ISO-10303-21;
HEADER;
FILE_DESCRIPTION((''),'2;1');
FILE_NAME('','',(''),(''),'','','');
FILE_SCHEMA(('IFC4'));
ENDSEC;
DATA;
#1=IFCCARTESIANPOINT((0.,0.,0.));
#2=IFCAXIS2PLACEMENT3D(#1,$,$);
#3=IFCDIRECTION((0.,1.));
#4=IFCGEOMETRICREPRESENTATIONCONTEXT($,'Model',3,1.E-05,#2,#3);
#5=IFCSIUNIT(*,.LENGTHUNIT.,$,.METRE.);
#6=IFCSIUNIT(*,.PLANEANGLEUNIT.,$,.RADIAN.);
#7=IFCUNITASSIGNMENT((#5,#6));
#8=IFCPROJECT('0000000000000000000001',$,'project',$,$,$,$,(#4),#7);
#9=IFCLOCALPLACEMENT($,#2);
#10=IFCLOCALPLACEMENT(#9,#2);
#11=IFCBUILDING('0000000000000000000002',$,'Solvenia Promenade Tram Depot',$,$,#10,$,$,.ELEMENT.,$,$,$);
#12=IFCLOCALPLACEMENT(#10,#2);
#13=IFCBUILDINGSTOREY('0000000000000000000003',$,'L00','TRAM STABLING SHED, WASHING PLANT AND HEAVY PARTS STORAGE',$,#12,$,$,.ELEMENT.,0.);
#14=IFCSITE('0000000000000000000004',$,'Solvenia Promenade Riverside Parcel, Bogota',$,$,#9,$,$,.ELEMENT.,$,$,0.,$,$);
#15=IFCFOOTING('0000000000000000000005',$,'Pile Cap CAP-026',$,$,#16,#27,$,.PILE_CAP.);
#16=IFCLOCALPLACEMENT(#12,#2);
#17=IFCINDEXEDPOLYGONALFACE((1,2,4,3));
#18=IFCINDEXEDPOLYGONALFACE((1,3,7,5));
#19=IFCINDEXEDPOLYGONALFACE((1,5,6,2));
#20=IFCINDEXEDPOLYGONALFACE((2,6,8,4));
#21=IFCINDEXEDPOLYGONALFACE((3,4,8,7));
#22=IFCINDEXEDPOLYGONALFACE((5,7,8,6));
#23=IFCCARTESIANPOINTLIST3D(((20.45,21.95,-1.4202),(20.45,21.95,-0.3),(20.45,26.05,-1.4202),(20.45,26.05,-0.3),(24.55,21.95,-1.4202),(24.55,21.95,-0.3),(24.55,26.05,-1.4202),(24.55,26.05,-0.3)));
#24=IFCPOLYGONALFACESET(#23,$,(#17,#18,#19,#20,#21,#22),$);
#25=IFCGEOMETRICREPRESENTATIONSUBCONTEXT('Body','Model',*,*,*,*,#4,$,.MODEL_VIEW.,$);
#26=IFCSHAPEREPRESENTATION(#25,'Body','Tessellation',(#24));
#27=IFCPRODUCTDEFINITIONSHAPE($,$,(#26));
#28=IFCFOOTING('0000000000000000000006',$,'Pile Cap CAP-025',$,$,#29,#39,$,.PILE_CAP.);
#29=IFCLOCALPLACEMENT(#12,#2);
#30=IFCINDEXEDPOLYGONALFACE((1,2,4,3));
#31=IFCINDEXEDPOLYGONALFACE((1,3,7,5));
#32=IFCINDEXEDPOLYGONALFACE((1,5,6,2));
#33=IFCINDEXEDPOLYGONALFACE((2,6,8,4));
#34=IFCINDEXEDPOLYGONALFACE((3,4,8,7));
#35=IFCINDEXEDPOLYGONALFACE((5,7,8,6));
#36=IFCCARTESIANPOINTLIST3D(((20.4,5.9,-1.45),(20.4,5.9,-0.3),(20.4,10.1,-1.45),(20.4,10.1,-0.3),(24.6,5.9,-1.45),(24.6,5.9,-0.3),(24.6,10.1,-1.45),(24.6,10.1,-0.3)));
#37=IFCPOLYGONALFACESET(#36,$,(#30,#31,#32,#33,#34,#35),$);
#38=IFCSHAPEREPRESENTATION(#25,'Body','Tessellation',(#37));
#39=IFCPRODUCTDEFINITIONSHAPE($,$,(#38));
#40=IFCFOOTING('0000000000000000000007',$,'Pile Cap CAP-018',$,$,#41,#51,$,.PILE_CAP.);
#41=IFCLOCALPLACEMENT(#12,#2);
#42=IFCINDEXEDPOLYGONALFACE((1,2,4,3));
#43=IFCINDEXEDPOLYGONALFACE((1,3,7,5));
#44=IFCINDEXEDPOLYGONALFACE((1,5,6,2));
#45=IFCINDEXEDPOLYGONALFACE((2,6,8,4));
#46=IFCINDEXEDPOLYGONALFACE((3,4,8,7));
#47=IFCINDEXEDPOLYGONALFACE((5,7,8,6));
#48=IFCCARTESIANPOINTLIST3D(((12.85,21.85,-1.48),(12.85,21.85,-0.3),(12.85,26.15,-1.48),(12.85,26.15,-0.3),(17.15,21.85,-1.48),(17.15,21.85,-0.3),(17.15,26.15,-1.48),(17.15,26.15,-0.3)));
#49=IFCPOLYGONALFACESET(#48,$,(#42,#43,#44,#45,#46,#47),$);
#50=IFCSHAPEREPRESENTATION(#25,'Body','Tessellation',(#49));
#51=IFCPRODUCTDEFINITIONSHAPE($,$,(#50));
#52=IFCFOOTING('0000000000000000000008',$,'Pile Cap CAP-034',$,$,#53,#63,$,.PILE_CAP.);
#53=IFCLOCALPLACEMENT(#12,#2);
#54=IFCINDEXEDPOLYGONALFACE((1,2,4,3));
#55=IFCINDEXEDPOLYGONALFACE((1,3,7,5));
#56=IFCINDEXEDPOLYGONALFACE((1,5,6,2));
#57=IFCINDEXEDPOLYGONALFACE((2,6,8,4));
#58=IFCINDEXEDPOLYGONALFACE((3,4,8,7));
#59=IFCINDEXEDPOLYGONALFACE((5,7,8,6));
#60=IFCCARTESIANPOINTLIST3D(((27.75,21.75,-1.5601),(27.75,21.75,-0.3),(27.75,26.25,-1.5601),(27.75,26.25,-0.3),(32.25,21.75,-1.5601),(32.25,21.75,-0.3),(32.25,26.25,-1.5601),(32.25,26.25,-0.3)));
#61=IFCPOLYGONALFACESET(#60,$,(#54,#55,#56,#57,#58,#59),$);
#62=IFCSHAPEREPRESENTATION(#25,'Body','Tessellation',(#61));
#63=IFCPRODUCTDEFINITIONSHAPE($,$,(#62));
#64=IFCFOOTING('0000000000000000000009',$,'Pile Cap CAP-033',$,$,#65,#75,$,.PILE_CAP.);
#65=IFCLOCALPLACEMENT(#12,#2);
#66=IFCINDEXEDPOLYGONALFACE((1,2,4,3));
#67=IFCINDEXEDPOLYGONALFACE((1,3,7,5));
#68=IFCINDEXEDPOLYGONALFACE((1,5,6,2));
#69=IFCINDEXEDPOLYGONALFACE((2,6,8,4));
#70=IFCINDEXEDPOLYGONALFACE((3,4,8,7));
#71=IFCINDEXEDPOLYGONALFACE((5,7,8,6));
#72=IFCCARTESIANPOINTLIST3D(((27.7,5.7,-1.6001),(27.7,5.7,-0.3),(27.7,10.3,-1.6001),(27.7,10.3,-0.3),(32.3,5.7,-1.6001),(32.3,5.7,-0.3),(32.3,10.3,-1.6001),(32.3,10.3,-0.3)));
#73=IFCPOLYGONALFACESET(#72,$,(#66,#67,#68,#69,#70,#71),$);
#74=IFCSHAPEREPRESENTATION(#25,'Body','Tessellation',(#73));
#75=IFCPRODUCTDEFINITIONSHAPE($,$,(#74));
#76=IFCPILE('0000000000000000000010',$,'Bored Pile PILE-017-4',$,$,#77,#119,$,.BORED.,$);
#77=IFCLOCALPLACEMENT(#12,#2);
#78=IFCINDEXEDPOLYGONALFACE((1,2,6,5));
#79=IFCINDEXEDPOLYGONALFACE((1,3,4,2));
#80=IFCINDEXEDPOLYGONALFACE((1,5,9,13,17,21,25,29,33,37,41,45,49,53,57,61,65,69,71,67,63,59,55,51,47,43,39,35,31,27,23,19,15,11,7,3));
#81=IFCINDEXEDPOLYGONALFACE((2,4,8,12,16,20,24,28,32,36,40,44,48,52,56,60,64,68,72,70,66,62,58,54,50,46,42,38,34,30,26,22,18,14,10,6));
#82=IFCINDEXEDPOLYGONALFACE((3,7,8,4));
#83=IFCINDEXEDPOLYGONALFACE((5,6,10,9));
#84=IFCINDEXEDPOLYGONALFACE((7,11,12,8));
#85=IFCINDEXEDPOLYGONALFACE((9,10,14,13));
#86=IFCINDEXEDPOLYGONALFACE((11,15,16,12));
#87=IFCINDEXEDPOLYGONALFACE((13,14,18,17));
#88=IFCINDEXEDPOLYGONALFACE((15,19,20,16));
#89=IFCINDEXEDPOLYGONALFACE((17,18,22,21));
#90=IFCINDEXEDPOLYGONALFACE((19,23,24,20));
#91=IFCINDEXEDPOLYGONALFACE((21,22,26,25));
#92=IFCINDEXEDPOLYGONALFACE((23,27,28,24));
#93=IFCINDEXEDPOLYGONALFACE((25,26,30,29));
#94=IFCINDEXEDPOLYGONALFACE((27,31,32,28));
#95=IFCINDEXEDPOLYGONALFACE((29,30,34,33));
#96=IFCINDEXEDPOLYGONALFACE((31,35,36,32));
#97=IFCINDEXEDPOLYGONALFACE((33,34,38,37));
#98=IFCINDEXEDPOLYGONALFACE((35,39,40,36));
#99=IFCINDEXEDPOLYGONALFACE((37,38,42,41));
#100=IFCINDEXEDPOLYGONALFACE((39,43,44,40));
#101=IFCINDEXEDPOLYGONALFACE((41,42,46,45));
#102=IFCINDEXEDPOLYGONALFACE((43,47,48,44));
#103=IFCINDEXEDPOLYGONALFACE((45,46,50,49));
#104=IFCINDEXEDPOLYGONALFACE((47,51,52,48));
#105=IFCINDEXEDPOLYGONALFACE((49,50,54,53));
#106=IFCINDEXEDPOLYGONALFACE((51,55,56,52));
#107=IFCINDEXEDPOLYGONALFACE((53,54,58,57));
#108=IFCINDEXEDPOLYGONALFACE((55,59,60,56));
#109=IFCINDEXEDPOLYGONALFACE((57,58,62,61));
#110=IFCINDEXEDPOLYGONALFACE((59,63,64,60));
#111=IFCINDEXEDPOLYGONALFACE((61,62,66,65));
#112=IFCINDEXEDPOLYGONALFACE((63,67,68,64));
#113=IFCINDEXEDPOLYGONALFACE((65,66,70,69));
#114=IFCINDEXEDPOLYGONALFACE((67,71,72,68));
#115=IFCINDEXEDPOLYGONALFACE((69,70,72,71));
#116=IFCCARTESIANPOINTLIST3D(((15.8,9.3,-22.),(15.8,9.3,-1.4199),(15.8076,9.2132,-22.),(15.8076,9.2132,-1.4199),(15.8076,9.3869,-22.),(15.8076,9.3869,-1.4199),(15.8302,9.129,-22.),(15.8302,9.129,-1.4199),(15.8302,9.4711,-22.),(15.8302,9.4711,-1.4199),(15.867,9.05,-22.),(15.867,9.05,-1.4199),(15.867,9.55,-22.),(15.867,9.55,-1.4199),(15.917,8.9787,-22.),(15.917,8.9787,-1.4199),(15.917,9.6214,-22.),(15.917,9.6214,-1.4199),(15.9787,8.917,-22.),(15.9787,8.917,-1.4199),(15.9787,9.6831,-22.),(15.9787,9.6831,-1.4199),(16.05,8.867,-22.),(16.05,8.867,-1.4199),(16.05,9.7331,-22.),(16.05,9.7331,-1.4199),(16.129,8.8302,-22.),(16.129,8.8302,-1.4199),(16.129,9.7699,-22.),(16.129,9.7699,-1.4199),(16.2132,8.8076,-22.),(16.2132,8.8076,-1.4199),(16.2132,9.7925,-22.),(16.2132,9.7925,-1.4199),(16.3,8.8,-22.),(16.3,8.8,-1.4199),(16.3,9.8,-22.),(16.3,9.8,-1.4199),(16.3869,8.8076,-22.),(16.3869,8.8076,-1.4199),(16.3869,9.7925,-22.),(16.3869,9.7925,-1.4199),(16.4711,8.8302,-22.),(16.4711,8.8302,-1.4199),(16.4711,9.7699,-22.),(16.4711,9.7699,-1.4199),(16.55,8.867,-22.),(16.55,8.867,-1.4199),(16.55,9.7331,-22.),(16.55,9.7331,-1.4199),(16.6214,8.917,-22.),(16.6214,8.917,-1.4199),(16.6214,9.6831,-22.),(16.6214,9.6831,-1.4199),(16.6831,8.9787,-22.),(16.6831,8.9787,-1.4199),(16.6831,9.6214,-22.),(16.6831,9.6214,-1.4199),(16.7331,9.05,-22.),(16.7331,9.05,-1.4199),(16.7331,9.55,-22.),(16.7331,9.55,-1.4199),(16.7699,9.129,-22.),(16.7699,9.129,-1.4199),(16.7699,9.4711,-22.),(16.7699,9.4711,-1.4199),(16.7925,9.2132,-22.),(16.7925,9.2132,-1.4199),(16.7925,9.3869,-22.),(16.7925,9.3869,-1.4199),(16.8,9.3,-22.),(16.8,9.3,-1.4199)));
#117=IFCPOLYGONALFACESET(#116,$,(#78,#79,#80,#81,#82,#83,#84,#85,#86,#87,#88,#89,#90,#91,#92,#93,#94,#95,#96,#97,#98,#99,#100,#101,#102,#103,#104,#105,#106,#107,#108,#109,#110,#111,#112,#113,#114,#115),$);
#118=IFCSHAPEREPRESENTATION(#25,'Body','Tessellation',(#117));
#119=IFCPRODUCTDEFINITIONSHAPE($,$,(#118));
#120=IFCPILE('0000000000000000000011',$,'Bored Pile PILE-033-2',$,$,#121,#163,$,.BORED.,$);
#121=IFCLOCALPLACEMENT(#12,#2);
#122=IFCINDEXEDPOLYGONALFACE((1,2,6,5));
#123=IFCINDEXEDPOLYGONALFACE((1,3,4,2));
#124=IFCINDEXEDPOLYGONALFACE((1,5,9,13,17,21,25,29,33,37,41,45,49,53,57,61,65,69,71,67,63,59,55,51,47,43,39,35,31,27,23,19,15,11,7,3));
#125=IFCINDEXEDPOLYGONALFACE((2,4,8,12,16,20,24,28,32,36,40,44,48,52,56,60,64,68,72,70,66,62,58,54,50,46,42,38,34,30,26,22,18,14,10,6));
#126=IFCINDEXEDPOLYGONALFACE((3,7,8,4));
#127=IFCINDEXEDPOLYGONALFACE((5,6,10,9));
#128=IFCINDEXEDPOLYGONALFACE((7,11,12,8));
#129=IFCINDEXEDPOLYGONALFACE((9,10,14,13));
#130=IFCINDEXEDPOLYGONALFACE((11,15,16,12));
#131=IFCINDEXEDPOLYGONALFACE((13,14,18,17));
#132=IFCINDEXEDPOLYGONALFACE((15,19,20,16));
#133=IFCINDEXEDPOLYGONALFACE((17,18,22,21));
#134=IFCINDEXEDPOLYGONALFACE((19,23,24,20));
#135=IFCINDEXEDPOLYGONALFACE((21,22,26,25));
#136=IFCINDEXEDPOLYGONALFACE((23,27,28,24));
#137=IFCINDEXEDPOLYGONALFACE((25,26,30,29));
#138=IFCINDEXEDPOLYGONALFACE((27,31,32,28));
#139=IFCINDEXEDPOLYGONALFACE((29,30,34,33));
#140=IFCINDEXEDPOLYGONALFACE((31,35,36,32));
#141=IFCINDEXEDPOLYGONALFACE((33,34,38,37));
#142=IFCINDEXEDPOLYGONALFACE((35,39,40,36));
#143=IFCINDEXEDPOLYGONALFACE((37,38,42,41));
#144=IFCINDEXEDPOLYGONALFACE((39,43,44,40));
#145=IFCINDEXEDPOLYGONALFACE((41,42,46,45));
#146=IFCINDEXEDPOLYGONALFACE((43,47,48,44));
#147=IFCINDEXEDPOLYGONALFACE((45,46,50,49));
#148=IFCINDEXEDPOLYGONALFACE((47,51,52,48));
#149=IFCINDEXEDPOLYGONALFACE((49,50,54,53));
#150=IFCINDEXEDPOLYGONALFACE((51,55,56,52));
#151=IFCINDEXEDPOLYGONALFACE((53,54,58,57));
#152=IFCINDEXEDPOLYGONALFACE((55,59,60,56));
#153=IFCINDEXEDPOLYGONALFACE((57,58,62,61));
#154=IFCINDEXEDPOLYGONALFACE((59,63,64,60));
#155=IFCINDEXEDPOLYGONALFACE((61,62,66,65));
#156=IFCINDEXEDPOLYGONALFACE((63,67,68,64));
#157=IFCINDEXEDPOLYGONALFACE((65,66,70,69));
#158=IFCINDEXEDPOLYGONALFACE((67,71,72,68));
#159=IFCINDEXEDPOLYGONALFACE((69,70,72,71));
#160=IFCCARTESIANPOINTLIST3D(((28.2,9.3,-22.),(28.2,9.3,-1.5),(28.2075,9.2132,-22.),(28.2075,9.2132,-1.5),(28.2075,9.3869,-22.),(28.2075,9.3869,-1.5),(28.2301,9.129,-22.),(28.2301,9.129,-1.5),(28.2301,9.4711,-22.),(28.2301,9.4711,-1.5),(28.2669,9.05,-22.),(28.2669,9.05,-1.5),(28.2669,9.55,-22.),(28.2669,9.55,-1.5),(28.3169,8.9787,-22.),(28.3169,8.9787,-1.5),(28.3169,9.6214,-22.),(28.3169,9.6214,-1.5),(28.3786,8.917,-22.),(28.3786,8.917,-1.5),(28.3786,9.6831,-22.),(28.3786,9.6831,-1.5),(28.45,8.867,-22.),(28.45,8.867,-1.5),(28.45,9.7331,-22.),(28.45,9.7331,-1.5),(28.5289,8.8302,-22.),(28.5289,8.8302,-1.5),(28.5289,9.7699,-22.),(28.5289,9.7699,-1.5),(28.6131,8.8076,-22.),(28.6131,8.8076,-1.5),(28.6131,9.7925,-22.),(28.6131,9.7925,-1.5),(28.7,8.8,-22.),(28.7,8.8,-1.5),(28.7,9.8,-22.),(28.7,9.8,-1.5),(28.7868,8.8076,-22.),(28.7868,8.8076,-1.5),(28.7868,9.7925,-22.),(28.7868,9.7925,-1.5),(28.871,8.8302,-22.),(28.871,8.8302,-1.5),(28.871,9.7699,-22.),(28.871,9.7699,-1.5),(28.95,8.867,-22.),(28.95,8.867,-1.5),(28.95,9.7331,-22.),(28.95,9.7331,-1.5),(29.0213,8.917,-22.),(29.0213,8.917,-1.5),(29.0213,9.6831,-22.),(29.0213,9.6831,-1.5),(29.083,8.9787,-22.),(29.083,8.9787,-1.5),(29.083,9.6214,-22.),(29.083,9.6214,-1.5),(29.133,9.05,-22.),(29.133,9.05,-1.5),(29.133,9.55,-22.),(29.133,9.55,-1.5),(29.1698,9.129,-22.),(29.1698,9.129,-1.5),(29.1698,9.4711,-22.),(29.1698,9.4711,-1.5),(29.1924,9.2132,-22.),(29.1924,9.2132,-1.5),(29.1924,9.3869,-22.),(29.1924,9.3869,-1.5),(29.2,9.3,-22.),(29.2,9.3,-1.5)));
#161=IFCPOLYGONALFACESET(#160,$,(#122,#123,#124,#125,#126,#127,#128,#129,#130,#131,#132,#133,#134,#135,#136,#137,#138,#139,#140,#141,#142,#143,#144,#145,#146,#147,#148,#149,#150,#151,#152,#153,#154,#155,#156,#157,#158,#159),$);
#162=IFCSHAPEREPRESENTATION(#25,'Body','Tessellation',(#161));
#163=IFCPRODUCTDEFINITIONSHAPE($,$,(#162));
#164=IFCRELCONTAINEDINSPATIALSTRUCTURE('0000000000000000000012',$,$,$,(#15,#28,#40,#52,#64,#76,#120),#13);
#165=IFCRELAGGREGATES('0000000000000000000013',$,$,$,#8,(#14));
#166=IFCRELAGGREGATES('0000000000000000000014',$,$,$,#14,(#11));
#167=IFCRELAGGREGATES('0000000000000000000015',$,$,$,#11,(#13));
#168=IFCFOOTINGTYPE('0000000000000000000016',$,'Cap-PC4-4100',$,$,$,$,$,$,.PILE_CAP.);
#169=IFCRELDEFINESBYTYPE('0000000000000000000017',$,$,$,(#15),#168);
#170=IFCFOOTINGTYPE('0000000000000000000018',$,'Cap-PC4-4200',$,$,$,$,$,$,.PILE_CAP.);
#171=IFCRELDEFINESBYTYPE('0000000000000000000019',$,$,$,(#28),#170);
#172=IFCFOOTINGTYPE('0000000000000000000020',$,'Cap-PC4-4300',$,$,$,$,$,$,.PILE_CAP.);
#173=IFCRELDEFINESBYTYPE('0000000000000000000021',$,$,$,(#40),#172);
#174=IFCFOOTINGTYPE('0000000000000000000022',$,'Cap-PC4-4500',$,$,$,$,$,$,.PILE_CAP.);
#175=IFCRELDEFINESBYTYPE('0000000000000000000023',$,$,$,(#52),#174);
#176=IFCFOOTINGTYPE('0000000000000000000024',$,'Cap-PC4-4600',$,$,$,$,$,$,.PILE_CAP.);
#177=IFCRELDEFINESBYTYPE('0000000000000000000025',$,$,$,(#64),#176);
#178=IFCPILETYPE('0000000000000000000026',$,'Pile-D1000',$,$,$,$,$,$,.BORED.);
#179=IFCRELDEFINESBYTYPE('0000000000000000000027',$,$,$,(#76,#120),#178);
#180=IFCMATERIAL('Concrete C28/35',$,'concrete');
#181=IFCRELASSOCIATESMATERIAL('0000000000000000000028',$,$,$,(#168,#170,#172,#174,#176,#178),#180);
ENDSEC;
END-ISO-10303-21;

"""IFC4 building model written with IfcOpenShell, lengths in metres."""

from ifc_helpers import new_model, si_unit, direction, frame, origin, origin_2d, place, context, subcontext, project, spatial, rectangle, circle, extrude, material, material_profile, profile_set, type_object, element, save


model = new_model("IFC4")

# Units and contexts
model_context = context("Model", 3, precision=1e-05, world=origin(), true_north=direction((0.0, 1.0)))
body_context = subcontext(model_context, "Body", "Model", "MODEL_VIEW")
ifc_project = project(units=[si_unit("LENGTHUNIT", "METRE"), si_unit("PLANEANGLEUNIT", "RADIAN")], contexts=[model_context])

# Site, building, storey
site_placement = place(None, origin())
site = spatial("IfcSite", under=ifc_project, at=site_placement, Name="Solvenia Promenade Riverside Parcel, Bogota", CompositionType="ELEMENT", RefElevation=0.0)
building_placement = place(site_placement, origin())
building = spatial("IfcBuilding", under=site, at=building_placement, Name="Solvenia Promenade Tram Depot", CompositionType="ELEMENT")
storey_placement = place(building_placement, origin())
storey = spatial("IfcBuildingStorey", under=building, at=storey_placement, Name="L00", Description="TRAM STABLING SHED, WASHING PLANT AND HEAVY PARTS STORAGE", CompositionType="ELEMENT", Elevation=0.0)

# Footings
ifc_material_1 = material(Name="Concrete C28/35", Category="concrete")
footing_type_1 = type_object("IfcFootingType", Name="Cap-PC4-4100", PredefinedType="PILE_CAP", material=ifc_material_1)
footing_1_placement = place(storey_placement, frame((22.5, 24.0, -1.4202), z_axis=(0.0, 0.0, 1.0), x_axis=(1.0, 0.0, 0.0)))
element("IfcFooting", 1, at=footing_1_placement, inside=storey, type_object=footing_type_1, Name="Pile Cap CAP-026", PredefinedType="PILE_CAP", context=body_context, shape_type="SweptSolid", body=[
    extrude(rectangle(XDim=4.1001, YDim=4.1001, at=origin_2d()), origin(), (0.0, 0.0, 1.0), 1.1201),
])
footing_type_2 = type_object("IfcFootingType", Name="Cap-PC4-4200", PredefinedType="PILE_CAP", material=ifc_material_1)
footing_2_placement = place(storey_placement, frame((22.5, 8.0, -1.45), z_axis=(0.0, 0.0, 1.0), x_axis=(1.0, 0.0, 0.0)))
element("IfcFooting", 2, at=footing_2_placement, inside=storey, type_object=footing_type_2, Name="Pile Cap CAP-025", PredefinedType="PILE_CAP", context=body_context, shape_type="SweptSolid", body=[
    extrude(rectangle(XDim=4.2, YDim=4.2, at=origin_2d()), origin(), (0.0, 0.0, 1.0), 1.1499),
])
footing_type_3 = type_object("IfcFootingType", Name="Cap-PC4-4300", PredefinedType="PILE_CAP", material=ifc_material_1)
footing_3_placement = place(storey_placement, frame((15.0, 24.0, -1.48), z_axis=(0.0, 0.0, 1.0), x_axis=(1.0, 0.0, 0.0)))
element("IfcFooting", 3, at=footing_3_placement, inside=storey, type_object=footing_type_3, Name="Pile Cap CAP-018", PredefinedType="PILE_CAP", context=body_context, shape_type="SweptSolid", body=[
    extrude(rectangle(XDim=4.3, YDim=4.3, at=origin_2d()), origin(), (0.0, 0.0, 1.0), 1.1799),
])
footing_type_4 = type_object("IfcFootingType", Name="Cap-PC4-4500", PredefinedType="PILE_CAP", material=ifc_material_1)
footing_4_placement = place(storey_placement, frame((30.0, 24.0, -1.5601), z_axis=(0.0, 0.0, 1.0), x_axis=(1.0, 0.0, 0.0)))
element("IfcFooting", 4, at=footing_4_placement, inside=storey, type_object=footing_type_4, Name="Pile Cap CAP-034", PredefinedType="PILE_CAP", context=body_context, shape_type="SweptSolid", body=[
    extrude(rectangle(XDim=4.5, YDim=4.5, at=origin_2d()), origin(), (0.0, 0.0, 1.0), 1.26),
])
footing_type_5 = type_object("IfcFootingType", Name="Cap-PC4-4600", PredefinedType="PILE_CAP", material=ifc_material_1)
footing_5_placement = place(storey_placement, frame((30.0, 8.0, -1.6001), z_axis=(0.0, 0.0, 1.0), x_axis=(1.0, 0.0, 0.0)))
element("IfcFooting", 5, at=footing_5_placement, inside=storey, type_object=footing_type_5, Name="Pile Cap CAP-033", PredefinedType="PILE_CAP", context=body_context, shape_type="SweptSolid", body=[
    extrude(rectangle(XDim=4.6001, YDim=4.6001, at=origin_2d()), origin(), (0.0, 0.0, 1.0), 1.3),
])

# Piles
ifc_material_profile_1 = material_profile(ifc_material_1, circle(Radius=0.5, at=origin_2d()), Name="D1000", Category="concrete")
ifc_profile_set_1 = profile_set([ifc_material_profile_1], Name="Concrete C28/35")
pile_type_1 = type_object("IfcPileType", Name="Pile-D1000", PredefinedType="BORED", material=ifc_profile_set_1)
pile_placement = place(storey_placement, frame((16.3, 9.3, -1.4199), z_axis=(0.0, 0.0, -1.0), x_axis=(1.0, 0.0, 0.0)))
element("IfcPile", 6, at=pile_placement, inside=storey, type_object=pile_type_1, Name="Bored Pile PILE-017-4", PredefinedType="BORED", context=body_context, shape_type="SweptSolid", body=[
    extrude(circle(Radius=0.5, at=origin_2d()), origin(), (0.0, 0.0, 1.0), 20.5801),
])
for number, where, z_axis, x_axis, name in (
    (7, (28.7, 9.3, -1.5), (0.0, 0.0, -1.0), (1.0, 0.0, 0.0), "Bored Pile PILE-033-2"),
):
    element("IfcPile", number, at=place(storey_placement, frame(where, z_axis=z_axis, x_axis=x_axis)), inside=storey, type_object=pile_type_1, Name=name, PredefinedType="BORED", context=body_context, shape_type="SweptSolid", body=[
        extrude(circle(Radius=0.5, at=origin_2d()), origin(), (0.0, 0.0, 1.0), 20.5),
    ])

save(model, "model.ifc")
